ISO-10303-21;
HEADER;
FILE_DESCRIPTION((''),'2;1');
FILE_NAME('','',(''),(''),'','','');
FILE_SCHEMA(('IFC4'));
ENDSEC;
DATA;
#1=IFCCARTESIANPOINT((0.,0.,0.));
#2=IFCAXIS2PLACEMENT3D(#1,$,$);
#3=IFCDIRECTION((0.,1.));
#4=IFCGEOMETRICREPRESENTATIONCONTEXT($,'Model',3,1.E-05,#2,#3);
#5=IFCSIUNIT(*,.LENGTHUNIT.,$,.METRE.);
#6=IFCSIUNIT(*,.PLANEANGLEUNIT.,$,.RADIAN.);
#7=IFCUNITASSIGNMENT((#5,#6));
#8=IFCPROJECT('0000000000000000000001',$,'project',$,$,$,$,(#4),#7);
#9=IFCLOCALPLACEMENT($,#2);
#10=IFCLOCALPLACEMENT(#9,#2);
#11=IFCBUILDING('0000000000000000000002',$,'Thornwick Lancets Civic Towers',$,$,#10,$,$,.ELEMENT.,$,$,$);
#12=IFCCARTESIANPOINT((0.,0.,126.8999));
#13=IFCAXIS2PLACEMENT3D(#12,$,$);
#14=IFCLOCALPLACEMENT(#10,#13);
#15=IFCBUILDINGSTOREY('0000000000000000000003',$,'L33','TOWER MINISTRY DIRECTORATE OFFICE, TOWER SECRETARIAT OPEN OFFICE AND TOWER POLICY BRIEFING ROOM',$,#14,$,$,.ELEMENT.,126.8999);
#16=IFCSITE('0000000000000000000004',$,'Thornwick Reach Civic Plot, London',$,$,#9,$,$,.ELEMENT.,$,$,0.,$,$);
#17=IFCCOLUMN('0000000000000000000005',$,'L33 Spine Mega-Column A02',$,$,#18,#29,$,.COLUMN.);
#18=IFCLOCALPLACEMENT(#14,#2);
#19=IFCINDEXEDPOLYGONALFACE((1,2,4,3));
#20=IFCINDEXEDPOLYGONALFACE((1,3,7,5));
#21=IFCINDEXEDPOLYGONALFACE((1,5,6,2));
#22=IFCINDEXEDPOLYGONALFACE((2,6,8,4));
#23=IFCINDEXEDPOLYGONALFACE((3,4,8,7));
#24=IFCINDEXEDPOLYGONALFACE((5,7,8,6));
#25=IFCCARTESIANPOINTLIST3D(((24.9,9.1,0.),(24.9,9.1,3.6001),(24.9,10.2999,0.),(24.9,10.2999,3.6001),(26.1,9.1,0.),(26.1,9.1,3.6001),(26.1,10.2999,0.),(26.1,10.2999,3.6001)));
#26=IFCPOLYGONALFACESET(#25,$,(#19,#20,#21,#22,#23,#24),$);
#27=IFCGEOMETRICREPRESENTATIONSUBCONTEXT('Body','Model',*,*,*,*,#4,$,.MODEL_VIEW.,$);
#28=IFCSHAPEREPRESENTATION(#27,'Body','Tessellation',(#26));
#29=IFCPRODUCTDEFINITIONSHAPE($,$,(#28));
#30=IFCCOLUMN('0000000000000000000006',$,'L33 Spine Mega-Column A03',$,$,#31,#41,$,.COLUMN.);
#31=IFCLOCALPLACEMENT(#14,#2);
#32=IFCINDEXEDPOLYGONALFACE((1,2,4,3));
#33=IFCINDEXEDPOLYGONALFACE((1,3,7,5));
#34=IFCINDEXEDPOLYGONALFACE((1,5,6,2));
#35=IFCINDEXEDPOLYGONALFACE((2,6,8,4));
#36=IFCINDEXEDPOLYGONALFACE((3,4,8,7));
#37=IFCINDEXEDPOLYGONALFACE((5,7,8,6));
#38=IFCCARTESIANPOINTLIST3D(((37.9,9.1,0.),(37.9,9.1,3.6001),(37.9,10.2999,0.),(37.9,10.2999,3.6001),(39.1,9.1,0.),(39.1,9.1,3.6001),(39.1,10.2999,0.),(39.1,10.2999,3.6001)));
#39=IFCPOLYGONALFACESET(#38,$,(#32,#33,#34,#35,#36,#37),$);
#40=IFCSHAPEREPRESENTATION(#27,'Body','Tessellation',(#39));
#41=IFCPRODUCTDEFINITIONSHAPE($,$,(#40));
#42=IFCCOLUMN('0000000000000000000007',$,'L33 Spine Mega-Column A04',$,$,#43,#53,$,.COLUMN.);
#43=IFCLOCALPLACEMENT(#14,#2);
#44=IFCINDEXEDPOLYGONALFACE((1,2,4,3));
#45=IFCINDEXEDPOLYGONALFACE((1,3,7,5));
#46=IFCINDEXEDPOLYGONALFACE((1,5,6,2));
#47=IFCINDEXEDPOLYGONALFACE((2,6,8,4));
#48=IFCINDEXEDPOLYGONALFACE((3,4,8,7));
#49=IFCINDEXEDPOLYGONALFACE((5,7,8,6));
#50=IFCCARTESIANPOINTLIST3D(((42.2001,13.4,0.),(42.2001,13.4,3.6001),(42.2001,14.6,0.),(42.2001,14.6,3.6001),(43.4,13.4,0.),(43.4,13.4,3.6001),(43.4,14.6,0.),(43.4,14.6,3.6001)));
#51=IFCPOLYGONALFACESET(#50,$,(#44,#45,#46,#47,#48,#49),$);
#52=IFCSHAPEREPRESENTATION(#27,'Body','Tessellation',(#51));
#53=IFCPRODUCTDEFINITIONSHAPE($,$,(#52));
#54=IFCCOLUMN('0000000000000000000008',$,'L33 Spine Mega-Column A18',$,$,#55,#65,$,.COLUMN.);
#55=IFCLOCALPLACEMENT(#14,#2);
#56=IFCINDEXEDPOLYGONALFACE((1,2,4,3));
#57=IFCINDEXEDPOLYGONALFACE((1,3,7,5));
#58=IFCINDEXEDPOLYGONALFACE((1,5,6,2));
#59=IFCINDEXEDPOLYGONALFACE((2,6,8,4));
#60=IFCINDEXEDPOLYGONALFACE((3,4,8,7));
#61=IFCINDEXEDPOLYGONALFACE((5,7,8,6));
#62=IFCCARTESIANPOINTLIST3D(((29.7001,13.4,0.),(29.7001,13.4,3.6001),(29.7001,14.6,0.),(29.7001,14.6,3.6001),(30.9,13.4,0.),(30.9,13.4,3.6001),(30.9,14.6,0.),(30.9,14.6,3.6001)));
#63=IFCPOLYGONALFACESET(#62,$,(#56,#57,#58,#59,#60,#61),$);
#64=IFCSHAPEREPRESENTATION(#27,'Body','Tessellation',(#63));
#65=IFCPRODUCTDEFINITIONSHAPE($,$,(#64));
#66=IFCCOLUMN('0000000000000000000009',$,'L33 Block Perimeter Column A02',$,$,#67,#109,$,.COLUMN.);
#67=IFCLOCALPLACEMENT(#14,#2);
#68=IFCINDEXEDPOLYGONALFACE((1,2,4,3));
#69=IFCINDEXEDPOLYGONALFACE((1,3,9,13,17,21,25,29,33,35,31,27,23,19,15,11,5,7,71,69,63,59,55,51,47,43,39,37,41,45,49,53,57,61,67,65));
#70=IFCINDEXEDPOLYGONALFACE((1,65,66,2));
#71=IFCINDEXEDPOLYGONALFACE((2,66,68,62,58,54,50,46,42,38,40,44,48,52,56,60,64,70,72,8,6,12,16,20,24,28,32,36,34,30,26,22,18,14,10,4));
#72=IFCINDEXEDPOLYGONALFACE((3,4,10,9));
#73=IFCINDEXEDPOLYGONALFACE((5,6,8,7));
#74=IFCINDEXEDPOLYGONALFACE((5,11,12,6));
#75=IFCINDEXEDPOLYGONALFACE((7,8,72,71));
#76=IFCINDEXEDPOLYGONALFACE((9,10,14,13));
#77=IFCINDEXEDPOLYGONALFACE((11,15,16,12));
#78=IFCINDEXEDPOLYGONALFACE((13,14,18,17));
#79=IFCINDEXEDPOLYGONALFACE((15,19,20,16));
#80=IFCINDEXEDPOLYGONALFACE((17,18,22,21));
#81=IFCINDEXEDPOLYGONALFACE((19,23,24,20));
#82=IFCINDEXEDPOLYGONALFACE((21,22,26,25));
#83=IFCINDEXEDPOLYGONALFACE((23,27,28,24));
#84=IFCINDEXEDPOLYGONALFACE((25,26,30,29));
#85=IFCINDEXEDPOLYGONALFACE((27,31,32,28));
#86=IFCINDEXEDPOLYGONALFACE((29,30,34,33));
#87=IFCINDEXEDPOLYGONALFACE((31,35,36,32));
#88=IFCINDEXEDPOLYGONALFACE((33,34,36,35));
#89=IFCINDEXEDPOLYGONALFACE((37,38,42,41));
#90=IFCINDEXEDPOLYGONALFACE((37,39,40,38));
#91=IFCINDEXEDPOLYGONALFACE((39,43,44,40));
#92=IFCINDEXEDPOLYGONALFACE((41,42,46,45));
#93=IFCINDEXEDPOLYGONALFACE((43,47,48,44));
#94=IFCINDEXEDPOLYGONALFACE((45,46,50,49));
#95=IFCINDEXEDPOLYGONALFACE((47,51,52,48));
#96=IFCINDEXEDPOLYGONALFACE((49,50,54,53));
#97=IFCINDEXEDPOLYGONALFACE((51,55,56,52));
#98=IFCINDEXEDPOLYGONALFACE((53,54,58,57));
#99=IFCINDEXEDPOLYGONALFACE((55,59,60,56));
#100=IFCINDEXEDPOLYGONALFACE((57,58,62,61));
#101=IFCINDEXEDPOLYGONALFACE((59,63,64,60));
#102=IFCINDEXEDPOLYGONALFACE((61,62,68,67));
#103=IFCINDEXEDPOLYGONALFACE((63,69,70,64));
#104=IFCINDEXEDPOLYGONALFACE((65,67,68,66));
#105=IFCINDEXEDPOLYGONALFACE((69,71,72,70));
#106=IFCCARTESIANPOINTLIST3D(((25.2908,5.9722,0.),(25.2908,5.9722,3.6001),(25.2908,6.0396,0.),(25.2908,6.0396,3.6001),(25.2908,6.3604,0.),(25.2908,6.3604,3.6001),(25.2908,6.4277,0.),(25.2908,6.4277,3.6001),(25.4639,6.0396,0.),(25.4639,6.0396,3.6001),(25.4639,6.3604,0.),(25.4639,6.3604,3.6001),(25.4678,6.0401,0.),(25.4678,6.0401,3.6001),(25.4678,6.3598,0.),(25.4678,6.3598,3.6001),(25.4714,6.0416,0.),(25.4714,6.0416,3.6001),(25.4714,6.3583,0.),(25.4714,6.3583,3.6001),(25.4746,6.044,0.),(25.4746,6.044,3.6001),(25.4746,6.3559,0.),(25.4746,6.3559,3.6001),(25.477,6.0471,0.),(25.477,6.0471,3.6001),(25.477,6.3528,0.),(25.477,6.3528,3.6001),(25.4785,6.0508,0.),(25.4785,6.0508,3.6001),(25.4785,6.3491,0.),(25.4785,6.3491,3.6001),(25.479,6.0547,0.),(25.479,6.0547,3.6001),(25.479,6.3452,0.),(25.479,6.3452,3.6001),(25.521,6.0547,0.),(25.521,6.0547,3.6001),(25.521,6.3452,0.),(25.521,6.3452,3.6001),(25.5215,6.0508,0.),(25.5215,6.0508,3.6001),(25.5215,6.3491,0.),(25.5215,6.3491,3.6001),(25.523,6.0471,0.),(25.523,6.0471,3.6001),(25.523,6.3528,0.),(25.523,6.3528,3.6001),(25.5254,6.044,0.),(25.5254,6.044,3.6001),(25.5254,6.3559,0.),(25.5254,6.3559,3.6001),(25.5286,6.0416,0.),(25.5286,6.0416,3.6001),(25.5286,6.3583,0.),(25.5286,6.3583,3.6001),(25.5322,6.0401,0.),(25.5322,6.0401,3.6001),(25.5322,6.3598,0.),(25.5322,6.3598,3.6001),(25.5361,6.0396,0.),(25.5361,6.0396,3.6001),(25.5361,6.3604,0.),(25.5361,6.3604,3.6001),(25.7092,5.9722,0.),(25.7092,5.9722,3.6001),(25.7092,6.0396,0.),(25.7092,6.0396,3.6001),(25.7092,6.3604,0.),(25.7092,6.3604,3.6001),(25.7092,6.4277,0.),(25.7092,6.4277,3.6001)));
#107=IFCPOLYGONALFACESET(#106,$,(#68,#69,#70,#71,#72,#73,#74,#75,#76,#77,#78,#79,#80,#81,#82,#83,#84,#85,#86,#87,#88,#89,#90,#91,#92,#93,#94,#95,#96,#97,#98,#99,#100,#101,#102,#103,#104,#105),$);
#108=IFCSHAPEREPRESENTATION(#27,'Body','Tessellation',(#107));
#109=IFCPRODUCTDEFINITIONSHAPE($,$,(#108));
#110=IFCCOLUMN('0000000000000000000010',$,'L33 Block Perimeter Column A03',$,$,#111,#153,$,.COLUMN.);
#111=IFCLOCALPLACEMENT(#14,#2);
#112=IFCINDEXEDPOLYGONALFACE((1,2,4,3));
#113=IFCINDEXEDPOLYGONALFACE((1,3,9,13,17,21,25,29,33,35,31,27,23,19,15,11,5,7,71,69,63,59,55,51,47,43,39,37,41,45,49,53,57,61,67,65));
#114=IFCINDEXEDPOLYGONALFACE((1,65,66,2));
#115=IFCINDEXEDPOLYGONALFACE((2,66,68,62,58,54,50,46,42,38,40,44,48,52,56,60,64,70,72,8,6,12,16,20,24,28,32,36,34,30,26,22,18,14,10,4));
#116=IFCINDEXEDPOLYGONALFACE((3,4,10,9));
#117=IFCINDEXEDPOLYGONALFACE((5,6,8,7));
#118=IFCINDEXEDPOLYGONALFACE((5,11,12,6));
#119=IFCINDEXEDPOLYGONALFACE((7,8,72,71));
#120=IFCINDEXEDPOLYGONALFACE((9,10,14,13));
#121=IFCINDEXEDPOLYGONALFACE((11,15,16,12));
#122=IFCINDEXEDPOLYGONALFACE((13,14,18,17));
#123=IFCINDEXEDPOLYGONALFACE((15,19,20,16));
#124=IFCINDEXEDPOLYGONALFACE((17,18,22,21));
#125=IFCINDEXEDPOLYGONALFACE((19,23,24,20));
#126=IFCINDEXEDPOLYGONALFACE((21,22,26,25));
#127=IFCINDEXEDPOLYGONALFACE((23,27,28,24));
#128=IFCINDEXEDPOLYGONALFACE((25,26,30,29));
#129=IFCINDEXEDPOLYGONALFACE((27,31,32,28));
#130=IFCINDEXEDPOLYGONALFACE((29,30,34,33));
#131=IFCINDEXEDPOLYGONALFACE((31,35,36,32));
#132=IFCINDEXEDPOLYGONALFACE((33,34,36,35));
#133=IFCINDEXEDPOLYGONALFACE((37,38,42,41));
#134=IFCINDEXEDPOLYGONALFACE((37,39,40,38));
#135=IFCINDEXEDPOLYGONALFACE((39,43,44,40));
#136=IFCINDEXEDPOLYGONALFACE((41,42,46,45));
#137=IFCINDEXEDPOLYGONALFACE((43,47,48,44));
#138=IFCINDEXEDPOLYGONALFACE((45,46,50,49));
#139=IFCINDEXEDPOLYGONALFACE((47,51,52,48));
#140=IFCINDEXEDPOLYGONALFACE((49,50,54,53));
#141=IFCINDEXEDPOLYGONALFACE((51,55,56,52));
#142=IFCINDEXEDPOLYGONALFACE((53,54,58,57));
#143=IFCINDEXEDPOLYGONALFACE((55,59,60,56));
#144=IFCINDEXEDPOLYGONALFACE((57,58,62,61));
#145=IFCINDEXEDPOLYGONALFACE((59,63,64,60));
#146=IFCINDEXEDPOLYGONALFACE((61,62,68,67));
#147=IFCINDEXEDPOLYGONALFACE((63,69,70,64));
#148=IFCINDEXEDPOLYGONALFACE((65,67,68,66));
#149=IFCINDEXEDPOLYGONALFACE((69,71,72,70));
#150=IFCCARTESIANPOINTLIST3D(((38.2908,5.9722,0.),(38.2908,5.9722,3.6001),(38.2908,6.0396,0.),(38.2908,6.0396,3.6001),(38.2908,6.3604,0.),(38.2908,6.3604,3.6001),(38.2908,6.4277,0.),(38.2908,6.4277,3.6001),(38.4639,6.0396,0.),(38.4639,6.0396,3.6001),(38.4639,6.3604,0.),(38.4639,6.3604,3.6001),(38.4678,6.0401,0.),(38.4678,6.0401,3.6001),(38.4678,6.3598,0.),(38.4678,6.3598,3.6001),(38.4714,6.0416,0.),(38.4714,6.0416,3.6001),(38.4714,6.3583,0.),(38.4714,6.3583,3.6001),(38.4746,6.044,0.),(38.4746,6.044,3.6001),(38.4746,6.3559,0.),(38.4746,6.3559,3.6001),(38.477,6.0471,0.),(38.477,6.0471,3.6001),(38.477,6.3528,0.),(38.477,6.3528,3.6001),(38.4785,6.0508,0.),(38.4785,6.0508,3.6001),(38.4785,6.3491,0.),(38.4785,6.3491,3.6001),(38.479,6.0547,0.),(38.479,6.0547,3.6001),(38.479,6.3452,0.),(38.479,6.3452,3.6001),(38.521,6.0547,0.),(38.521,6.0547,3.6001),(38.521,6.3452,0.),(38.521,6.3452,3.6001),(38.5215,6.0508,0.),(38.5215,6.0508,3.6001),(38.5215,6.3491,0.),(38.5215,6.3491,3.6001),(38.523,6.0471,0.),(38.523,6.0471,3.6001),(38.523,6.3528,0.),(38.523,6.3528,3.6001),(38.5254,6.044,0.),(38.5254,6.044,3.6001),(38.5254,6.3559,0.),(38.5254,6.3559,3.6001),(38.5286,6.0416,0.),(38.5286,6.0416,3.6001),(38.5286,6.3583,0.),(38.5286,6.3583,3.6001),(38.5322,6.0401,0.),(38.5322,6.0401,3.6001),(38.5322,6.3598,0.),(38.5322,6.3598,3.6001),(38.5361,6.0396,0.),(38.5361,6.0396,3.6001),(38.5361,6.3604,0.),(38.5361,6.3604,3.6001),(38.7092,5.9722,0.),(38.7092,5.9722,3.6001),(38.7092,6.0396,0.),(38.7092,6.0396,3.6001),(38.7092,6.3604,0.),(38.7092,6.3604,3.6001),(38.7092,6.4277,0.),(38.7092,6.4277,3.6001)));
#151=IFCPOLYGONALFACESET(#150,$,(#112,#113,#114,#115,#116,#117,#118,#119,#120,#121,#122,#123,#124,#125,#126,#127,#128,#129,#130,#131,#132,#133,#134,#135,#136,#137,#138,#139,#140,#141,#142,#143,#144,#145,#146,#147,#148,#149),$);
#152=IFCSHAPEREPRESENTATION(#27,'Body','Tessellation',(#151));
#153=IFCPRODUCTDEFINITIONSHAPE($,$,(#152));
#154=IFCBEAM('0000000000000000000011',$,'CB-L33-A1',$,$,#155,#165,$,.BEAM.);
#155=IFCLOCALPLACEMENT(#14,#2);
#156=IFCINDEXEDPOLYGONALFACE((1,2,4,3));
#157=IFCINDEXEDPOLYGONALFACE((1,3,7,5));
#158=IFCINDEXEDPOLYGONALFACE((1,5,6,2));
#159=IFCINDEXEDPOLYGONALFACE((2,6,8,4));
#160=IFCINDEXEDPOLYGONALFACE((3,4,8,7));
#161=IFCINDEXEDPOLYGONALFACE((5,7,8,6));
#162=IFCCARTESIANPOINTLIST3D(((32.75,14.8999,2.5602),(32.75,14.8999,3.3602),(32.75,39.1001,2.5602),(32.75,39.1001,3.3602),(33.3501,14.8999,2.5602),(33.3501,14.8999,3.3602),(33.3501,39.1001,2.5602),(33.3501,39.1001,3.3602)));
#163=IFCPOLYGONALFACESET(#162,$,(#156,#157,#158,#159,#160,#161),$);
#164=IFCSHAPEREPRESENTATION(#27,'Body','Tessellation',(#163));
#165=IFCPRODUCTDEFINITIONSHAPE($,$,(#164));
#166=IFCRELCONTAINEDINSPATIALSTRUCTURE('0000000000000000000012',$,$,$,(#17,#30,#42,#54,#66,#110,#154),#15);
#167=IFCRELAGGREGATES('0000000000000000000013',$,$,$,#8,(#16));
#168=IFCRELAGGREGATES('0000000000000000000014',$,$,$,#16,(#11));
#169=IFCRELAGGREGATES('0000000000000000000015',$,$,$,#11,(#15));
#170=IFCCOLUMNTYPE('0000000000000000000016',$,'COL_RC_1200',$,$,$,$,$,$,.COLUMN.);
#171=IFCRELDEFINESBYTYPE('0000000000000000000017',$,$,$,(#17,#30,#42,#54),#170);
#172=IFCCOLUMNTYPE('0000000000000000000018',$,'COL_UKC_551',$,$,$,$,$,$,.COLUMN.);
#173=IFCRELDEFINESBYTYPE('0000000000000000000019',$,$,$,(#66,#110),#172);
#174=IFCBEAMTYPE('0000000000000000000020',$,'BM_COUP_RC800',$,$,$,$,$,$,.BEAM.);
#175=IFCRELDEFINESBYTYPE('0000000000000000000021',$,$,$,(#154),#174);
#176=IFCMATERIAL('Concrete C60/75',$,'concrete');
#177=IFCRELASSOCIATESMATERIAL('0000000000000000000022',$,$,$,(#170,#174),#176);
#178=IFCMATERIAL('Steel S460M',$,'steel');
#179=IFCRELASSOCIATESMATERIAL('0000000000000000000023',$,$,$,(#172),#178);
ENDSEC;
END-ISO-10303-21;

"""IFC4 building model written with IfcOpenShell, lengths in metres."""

from ifc_helpers import new_model, si_unit, direction, frame, origin, origin_2d, place, context, subcontext, project, spatial, rectangle, i_section, extrude, material, material_profile, profile_set, type_object, element, save


model = new_model("IFC4")

# Units and contexts
model_context = context("Model", 3, precision=1e-05, world=origin(), true_north=direction((0.0, 1.0)))
body_context = subcontext(model_context, "Body", "Model", "MODEL_VIEW")
ifc_project = project(units=[si_unit("LENGTHUNIT", "METRE"), si_unit("PLANEANGLEUNIT", "RADIAN")], contexts=[model_context])

# Site, building, storey
site_placement = place(None, origin())
site = spatial("IfcSite", under=ifc_project, at=site_placement, Name="Thornwick Reach Civic Plot, London", CompositionType="ELEMENT", RefElevation=0.0)
building_placement = place(site_placement, origin())
building = spatial("IfcBuilding", under=site, at=building_placement, Name="Thornwick Lancets Civic Towers", CompositionType="ELEMENT")
storey_placement = place(building_placement, frame((0.0, 0.0, 126.8999)))
storey = spatial("IfcBuildingStorey", under=building, at=storey_placement, Name="L33", Description="TOWER MINISTRY DIRECTORATE OFFICE, TOWER SECRETARIAT OPEN OFFICE AND TOWER POLICY BRIEFING ROOM", CompositionType="ELEMENT", Elevation=126.8999)

# Columns
ifc_material_1 = material(Name="Concrete C60/75", Category="concrete")
ifc_material_profile_1 = material_profile(ifc_material_1, rectangle(XDim=1.2, YDim=1.2, at=origin_2d()), Name="RC 1200x1200")
ifc_profile_set_1 = profile_set([ifc_material_profile_1], Name="Concrete C60/75")
column_type_1 = type_object("IfcColumnType", Name="COL_RC_1200", PredefinedType="COLUMN", material=ifc_profile_set_1)
for number, where, z_axis, x_axis, name in (
    (1, (25.5, 9.7, 0.0), (0.0, 0.0, 1.0), (1.0, 0.0, 0.0), "L33 Spine Mega-Column A02"),
    (2, (38.5, 9.7, 0.0), (0.0, 0.0, 1.0), (1.0, 0.0, 0.0), "L33 Spine Mega-Column A03"),
    (3, (42.8, 14.0, 0.0), (0.0, 0.0, 1.0), (1.0, 0.0, 0.0), "L33 Spine Mega-Column A04"),
    (4, (30.3, 14.0, 0.0), (0.0, 0.0, 1.0), (1.0, 0.0, 0.0), "L33 Spine Mega-Column A18"),
):
    element("IfcColumn", number, at=place(storey_placement, frame(where, z_axis=z_axis, x_axis=x_axis)), inside=storey, type_object=column_type_1, Name=name, PredefinedType="COLUMN", context=body_context, shape_type="SweptSolid", body=[
        extrude(rectangle(XDim=1.2, YDim=1.2, at=origin_2d()), origin(), (0.0, 0.0, 1.0), 3.6001),
    ])
ifc_material_2 = material(Name="Steel S460M", Category="steel")
ifc_material_profile_2 = material_profile(ifc_material_2, i_section(OverallWidth=0.4185, OverallDepth=0.4556, WebThickness=0.042, FlangeThickness=0.0674, FilletRadius=0.0151, at=origin_2d()), Name="UKC 356x406x551")
ifc_profile_set_2 = profile_set([ifc_material_profile_2], Name="Steel S460M")
column_type_2 = type_object("IfcColumnType", Name="COL_UKC_551", PredefinedType="COLUMN", material=ifc_profile_set_2)
for number, where, z_axis, x_axis, name in (
    (5, (25.5, 6.2, 0.0), (0.0, 0.0, 1.0), (1.0, 0.0, 0.0), "L33 Block Perimeter Column A02"),
    (6, (38.5, 6.2, 0.0), (0.0, 0.0, 1.0), (1.0, 0.0, 0.0), "L33 Block Perimeter Column A03"),
):
    element("IfcColumn", number, at=place(storey_placement, frame(where, z_axis=z_axis, x_axis=x_axis)), inside=storey, type_object=column_type_2, Name=name, PredefinedType="COLUMN", context=body_context, shape_type="SweptSolid", body=[
        extrude(i_section(OverallWidth=0.4185, OverallDepth=0.4556, WebThickness=0.042, FlangeThickness=0.0674, FilletRadius=0.0151, at=origin_2d()), origin(), (0.0, 0.0, 1.0), 3.6001),
    ])

# Beam
ifc_material_profile_3 = material_profile(ifc_material_1, rectangle(XDim=0.6001, YDim=0.8, at=origin_2d()), Name="RC 600x800")
ifc_profile_set_3 = profile_set([ifc_material_profile_3], Name="Concrete C60/75")
beam_type_1 = type_object("IfcBeamType", Name="BM_COUP_RC800", PredefinedType="BEAM", material=ifc_profile_set_3)
beam_1_placement = place(storey_placement, frame((33.05, 14.8999, 2.9602), z_axis=(0.0, 1.0, 0.0), x_axis=(-1.0, 0.0, 0.0)))
element("IfcBeam", 7, at=beam_1_placement, inside=storey, type_object=beam_type_1, Name="CB-L33-A1", PredefinedType="BEAM", context=body_context, shape_type="SweptSolid", body=[
    extrude(rectangle(XDim=0.6001, YDim=0.8, at=origin_2d()), origin(), (0.0, 0.0, 1.0), 24.2002),
])

save(model, "model.ifc")
